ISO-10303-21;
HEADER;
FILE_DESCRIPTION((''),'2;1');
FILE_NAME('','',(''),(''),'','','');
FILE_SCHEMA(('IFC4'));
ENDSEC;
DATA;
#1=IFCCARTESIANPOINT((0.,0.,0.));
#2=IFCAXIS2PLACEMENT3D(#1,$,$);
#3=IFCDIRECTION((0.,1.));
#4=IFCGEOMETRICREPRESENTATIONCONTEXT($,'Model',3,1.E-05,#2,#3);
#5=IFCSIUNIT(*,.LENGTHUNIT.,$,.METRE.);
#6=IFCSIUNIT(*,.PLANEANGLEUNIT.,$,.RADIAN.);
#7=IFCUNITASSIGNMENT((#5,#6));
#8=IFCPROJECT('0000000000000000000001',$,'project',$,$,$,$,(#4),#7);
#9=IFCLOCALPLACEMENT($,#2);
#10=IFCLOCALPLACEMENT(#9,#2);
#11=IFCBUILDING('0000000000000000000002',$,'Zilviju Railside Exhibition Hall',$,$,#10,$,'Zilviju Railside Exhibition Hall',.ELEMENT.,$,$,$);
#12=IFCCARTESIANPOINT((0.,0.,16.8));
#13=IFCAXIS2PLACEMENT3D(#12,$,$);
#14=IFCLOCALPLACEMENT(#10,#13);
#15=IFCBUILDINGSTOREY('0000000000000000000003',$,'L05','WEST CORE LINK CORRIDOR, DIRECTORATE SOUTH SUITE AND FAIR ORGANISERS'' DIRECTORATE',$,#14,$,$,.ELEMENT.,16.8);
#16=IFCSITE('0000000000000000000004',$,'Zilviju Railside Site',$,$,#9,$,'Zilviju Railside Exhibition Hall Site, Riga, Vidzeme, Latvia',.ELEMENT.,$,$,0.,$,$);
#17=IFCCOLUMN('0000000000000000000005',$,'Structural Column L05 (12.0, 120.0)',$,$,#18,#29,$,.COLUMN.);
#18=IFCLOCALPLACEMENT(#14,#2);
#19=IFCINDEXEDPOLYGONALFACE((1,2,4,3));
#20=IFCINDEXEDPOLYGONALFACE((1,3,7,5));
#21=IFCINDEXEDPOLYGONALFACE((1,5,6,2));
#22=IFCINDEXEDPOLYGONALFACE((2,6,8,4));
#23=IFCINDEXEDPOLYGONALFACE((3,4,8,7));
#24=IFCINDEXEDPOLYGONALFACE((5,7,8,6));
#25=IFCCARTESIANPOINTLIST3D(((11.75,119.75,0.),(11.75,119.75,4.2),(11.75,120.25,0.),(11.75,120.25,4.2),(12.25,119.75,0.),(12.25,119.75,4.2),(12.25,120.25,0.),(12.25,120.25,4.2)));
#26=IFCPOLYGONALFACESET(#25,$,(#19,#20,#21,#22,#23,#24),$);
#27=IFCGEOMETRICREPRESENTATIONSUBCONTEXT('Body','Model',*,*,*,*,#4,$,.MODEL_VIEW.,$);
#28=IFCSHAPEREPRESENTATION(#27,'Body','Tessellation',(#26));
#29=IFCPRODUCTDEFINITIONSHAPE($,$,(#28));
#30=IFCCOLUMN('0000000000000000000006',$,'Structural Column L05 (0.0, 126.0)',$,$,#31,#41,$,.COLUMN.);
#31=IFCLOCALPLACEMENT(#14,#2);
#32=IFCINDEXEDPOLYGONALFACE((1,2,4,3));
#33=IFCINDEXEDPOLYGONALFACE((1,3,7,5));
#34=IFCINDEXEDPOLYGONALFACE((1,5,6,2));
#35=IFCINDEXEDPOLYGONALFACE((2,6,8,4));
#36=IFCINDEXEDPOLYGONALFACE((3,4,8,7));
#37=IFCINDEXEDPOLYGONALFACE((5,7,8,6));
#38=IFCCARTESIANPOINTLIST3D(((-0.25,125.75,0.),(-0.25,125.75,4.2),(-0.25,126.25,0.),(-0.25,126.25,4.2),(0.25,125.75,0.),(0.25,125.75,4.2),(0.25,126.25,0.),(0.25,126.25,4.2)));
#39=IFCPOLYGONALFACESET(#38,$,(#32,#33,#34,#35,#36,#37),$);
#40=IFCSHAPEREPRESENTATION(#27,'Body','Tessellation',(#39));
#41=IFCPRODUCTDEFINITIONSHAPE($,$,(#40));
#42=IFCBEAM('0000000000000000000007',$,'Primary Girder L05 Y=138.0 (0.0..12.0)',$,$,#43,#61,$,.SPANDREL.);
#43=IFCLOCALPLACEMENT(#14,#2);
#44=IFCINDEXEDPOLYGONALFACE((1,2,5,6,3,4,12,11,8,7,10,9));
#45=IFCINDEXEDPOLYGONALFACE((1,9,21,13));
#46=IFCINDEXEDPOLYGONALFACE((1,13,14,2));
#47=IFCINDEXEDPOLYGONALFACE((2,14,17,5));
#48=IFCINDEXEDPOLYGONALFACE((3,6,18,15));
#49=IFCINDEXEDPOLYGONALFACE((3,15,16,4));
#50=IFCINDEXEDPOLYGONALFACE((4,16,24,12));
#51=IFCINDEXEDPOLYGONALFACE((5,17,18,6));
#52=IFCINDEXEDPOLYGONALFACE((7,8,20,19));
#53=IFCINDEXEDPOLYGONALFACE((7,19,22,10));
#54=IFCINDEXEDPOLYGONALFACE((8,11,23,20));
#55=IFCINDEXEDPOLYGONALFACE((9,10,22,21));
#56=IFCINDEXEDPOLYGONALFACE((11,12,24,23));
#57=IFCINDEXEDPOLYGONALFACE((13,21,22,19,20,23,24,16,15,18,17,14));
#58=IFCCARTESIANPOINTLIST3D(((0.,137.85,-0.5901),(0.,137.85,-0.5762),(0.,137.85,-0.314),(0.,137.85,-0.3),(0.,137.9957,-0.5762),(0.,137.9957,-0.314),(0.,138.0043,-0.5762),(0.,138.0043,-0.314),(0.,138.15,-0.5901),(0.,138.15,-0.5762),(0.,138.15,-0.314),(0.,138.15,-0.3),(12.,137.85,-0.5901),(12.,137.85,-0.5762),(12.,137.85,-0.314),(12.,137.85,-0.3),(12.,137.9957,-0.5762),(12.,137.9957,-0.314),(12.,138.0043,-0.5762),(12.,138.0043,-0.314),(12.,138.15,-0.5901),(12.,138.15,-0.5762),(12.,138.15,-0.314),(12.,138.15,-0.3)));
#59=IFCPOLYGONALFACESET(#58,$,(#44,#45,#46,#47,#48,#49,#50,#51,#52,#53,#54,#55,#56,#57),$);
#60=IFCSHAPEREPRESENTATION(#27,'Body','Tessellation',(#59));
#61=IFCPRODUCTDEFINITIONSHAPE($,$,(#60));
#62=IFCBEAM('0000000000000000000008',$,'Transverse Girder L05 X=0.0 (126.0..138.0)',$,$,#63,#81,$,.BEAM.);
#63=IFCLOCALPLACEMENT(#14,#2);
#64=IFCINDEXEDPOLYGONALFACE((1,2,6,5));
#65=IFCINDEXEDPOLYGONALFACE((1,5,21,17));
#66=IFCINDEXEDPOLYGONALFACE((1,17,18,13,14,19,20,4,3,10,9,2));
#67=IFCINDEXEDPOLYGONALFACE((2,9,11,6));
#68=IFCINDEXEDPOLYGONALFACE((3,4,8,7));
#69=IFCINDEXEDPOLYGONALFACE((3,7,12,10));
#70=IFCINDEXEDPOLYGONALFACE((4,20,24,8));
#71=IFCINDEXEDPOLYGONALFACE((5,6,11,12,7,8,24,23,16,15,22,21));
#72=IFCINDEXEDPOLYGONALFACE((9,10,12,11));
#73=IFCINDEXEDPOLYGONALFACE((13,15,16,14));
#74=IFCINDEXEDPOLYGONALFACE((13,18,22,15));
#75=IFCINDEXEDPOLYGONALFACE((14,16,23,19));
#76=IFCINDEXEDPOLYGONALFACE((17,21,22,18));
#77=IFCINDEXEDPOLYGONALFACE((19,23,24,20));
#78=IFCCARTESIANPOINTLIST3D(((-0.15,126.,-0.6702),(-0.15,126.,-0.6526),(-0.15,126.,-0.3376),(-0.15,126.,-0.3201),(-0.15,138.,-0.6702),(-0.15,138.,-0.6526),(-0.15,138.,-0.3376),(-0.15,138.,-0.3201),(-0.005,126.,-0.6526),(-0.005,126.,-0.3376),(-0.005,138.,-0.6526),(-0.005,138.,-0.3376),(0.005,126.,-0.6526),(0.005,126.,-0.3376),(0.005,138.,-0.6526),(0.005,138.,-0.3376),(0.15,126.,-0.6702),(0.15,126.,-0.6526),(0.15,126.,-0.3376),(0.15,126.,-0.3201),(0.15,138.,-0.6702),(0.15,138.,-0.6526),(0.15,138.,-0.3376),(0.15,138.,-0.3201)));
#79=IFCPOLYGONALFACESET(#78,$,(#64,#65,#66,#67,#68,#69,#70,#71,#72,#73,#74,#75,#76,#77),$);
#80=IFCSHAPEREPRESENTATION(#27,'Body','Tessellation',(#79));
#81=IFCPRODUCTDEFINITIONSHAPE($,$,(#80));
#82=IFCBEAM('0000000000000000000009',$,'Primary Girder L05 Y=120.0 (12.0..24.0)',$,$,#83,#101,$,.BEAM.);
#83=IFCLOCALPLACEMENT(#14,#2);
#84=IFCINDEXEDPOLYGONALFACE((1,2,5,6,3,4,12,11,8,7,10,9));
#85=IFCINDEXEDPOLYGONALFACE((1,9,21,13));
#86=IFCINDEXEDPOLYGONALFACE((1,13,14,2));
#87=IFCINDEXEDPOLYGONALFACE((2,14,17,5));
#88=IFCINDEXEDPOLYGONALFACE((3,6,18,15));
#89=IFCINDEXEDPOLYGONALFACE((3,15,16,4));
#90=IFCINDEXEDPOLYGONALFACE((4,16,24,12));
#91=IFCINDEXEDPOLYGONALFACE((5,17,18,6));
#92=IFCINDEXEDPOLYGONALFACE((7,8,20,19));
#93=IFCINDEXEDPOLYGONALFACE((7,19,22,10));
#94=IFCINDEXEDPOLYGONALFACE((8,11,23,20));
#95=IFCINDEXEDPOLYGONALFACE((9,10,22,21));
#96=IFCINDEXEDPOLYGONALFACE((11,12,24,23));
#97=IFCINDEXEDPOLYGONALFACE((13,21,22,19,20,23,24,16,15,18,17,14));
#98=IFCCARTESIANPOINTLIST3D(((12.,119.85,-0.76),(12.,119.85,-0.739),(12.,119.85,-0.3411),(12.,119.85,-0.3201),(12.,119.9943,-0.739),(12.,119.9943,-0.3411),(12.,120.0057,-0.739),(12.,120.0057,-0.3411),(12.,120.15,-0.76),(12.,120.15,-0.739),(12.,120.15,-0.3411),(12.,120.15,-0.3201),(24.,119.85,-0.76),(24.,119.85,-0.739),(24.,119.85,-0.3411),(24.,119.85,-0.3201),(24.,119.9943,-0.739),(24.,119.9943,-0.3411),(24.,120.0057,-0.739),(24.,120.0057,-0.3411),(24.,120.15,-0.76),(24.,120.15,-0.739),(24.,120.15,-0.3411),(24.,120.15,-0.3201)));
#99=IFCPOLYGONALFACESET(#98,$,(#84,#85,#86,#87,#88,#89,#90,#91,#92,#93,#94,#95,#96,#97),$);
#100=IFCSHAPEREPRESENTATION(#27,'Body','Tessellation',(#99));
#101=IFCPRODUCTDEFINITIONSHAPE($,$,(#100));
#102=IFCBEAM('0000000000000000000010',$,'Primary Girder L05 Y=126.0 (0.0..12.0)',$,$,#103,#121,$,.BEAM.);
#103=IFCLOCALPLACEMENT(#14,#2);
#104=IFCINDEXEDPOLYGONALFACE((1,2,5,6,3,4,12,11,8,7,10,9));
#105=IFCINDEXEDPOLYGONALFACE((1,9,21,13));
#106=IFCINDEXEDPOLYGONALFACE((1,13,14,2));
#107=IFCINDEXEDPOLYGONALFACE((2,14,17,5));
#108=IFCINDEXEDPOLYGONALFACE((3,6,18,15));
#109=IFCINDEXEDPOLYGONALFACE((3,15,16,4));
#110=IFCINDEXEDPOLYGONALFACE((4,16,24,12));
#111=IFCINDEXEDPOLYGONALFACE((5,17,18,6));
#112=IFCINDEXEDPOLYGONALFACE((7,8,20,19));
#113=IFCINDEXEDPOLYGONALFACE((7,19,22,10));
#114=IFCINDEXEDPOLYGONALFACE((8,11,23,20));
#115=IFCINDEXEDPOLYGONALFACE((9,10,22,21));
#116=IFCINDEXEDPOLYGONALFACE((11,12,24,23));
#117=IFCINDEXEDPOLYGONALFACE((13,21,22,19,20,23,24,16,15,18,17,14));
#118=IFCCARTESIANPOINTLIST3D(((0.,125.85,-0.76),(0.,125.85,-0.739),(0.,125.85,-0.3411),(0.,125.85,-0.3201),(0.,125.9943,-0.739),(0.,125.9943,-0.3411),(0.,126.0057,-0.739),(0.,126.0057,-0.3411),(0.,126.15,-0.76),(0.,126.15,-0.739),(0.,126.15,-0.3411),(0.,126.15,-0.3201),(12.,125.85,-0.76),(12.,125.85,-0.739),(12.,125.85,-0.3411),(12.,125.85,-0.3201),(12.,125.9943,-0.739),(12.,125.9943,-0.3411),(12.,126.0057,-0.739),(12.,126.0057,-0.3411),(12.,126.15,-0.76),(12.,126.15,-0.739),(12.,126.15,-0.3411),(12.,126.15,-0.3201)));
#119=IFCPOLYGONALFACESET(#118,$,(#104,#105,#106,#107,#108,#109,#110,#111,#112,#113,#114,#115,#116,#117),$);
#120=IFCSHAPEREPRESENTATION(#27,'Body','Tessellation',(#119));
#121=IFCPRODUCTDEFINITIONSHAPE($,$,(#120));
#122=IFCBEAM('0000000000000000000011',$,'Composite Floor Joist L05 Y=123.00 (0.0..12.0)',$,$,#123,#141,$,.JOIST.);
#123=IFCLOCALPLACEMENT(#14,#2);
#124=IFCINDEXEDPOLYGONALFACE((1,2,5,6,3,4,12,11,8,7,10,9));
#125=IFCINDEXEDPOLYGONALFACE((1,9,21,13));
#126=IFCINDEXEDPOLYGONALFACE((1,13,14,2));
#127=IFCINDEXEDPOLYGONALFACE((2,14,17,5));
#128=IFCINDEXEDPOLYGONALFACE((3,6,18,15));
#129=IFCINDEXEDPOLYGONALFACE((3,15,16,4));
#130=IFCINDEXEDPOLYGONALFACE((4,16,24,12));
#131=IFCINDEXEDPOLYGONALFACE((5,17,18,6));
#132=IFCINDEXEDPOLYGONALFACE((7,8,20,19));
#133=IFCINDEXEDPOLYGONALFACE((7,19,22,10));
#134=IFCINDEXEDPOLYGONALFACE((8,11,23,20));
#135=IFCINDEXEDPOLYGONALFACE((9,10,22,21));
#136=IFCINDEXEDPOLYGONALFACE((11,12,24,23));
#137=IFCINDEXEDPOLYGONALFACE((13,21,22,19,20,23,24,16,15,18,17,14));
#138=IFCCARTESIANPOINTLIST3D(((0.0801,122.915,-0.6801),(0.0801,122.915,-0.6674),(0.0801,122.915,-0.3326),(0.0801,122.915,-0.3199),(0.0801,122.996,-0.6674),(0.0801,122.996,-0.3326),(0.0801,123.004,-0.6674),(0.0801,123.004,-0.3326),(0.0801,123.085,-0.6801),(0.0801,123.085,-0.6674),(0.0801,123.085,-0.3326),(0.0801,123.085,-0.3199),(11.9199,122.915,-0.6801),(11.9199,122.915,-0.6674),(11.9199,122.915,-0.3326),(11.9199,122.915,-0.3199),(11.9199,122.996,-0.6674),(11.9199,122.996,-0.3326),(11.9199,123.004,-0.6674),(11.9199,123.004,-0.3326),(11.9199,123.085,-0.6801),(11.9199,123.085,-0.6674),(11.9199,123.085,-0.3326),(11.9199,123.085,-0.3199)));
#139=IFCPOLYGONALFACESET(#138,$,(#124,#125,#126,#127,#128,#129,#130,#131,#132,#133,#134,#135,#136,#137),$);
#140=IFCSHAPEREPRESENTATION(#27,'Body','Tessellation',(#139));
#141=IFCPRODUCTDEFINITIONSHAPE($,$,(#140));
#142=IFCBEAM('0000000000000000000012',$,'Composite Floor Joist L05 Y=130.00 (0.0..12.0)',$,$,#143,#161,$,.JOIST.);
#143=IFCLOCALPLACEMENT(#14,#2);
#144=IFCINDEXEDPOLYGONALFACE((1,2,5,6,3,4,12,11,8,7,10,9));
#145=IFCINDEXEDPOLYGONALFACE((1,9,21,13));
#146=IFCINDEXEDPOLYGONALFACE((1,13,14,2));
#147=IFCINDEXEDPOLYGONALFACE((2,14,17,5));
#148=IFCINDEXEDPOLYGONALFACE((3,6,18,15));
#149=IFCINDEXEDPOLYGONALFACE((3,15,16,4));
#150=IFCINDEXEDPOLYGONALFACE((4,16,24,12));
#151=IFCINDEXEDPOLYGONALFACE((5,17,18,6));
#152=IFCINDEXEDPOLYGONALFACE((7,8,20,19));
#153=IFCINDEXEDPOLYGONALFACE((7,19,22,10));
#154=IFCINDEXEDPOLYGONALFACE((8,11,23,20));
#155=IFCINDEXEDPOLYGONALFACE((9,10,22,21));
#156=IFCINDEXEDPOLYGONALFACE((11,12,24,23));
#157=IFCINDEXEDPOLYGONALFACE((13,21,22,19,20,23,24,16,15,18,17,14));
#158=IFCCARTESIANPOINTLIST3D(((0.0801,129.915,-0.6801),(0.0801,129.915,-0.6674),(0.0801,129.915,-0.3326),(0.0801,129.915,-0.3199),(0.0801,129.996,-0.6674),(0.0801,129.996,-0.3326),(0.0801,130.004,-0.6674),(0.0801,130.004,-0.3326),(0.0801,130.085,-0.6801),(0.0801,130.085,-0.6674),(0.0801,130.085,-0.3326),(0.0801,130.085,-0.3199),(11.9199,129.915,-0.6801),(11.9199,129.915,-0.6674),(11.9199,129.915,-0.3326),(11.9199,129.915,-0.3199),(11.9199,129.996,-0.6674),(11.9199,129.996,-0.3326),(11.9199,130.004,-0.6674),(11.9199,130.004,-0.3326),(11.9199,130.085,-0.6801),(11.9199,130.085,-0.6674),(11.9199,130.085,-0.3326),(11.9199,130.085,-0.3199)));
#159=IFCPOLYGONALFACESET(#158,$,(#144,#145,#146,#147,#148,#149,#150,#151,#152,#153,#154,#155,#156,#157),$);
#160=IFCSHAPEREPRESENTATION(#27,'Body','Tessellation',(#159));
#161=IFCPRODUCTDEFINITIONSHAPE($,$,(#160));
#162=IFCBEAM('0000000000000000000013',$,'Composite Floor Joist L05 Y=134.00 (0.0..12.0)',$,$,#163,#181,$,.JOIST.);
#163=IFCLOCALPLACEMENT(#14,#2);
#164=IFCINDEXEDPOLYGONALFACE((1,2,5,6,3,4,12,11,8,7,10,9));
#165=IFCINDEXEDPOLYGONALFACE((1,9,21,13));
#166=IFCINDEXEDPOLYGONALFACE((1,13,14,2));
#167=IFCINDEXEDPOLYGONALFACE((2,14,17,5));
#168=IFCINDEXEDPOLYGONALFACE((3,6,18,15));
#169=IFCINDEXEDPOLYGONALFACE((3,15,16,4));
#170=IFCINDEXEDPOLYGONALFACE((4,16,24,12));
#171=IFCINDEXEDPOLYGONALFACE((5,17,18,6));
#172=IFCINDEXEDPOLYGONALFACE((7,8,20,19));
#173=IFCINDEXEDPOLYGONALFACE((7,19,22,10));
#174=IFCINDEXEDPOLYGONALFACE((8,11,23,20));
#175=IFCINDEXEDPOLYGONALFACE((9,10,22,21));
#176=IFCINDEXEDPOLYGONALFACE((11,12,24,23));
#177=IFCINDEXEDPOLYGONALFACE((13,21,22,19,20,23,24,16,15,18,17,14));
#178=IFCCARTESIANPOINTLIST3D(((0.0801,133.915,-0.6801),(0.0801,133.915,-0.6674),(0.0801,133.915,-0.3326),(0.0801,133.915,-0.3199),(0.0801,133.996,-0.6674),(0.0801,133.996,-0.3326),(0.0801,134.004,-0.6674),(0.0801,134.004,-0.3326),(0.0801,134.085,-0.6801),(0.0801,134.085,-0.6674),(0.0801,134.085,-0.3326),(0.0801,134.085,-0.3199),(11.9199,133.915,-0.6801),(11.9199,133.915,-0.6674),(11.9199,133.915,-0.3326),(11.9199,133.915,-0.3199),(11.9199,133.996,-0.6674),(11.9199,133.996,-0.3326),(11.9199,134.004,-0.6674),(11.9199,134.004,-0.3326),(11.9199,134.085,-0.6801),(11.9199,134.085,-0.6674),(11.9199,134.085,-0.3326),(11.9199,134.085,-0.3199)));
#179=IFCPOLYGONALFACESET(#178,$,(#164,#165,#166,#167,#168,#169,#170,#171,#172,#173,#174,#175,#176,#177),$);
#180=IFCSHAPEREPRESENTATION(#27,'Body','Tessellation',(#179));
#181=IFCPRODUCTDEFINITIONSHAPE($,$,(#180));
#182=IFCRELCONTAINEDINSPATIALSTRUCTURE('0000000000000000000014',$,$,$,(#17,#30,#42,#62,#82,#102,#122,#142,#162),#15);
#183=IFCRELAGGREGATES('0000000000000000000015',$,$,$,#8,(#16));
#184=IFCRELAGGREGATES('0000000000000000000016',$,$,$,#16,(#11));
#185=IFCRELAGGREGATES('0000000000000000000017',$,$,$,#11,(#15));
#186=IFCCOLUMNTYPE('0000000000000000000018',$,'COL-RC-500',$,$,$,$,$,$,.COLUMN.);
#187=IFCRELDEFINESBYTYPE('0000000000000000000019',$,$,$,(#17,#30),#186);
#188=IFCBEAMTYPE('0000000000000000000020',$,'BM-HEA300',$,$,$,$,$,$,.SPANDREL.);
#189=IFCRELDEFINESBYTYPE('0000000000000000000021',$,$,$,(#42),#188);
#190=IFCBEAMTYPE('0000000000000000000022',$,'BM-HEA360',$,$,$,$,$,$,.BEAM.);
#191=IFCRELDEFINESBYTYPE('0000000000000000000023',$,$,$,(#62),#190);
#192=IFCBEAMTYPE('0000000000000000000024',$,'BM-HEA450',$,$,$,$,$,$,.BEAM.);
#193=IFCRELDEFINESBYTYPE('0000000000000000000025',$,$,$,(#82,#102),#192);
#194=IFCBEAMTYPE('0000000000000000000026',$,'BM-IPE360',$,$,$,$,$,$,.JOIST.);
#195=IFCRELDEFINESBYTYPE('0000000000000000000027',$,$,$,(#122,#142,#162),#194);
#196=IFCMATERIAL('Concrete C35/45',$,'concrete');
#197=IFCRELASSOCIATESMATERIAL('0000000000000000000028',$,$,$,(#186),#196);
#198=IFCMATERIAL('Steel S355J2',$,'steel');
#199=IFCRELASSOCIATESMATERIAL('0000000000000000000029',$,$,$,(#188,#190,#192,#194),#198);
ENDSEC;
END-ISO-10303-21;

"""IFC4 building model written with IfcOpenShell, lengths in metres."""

from ifc_helpers import new_model, si_unit, direction, frame, origin, origin_2d, place, context, subcontext, project, spatial, rectangle, i_section, extrude, material, material_profile, profile_set, type_object, element, save


model = new_model("IFC4")

# Units and contexts
model_context = context("Model", 3, precision=1e-05, world=origin(), true_north=direction((0.0, 1.0)))
body_context = subcontext(model_context, "Body", "Model", "MODEL_VIEW")
ifc_project = project(units=[si_unit("LENGTHUNIT", "METRE"), si_unit("PLANEANGLEUNIT", "RADIAN")], contexts=[model_context])

# Site, building, storey
site_placement = place(None, origin())
site = spatial("IfcSite", under=ifc_project, at=site_placement, Name="Zilviju Railside Site", LongName="Zilviju Railside Exhibition Hall Site, Riga, Vidzeme, Latvia", CompositionType="ELEMENT", RefElevation=0.0)
building_placement = place(site_placement, origin())
building = spatial("IfcBuilding", under=site, at=building_placement, Name="Zilviju Railside Exhibition Hall", LongName="Zilviju Railside Exhibition Hall", CompositionType="ELEMENT")
storey_placement = place(building_placement, frame((0.0, 0.0, 16.8)))
storey = spatial("IfcBuildingStorey", under=building, at=storey_placement, Name="L05", Description="WEST CORE LINK CORRIDOR, DIRECTORATE SOUTH SUITE AND FAIR ORGANISERS' DIRECTORATE", CompositionType="ELEMENT", Elevation=16.8)

# Columns
ifc_material_1 = material(Name="Concrete C35/45", Category="concrete")
ifc_material_profile_1 = material_profile(ifc_material_1, rectangle(XDim=0.5, YDim=0.5, at=origin_2d()), Name="RC COL 500x500")
ifc_profile_set_1 = profile_set([ifc_material_profile_1], Name="Concrete C35/45")
column_type = type_object("IfcColumnType", Name="COL-RC-500", PredefinedType="COLUMN", material=ifc_profile_set_1)
for number, where, z_axis, x_axis, name in (
    (1, (12.0, 120.0, 0.0), (0.0, 0.0, 1.0), (1.0, 0.0, 0.0), "Structural Column L05 (12.0, 120.0)"),
    (2, (0.0, 126.0, 0.0), (0.0, 0.0, 1.0), (1.0, 0.0, 0.0), "Structural Column L05 (0.0, 126.0)"),
):
    element("IfcColumn", number, at=place(storey_placement, frame(where, z_axis=z_axis, x_axis=x_axis)), inside=storey, type_object=column_type, Name=name, PredefinedType="COLUMN", context=body_context, shape_type="SweptSolid", body=[
        extrude(rectangle(XDim=0.5, YDim=0.5, at=origin_2d()), origin(), (0.0, 0.0, 1.0), 4.2),
    ])

# Beams
ifc_material_2 = material(Name="Steel S355J2", Category="steel")
ifc_material_profile_2 = material_profile(ifc_material_2, i_section(OverallWidth=0.3, OverallDepth=0.29, WebThickness=0.0085, FlangeThickness=0.0139, at=origin_2d()), Name="HEA 300")
ifc_profile_set_2 = profile_set([ifc_material_profile_2], Name="Steel S355J2")
beam_type_1 = type_object("IfcBeamType", Name="BM-HEA300", PredefinedType="SPANDREL", material=ifc_profile_set_2)
beam_1_placement = place(storey_placement, frame((0.0, 138.0, -0.4451), z_axis=(1.0, 0.0, 0.0), x_axis=(0.0, 1.0, 0.0)))
element("IfcBeam", 3, at=beam_1_placement, inside=storey, type_object=beam_type_1, Name="Primary Girder L05 Y=138.0 (0.0..12.0)", PredefinedType="SPANDREL", context=body_context, shape_type="SweptSolid", body=[
    extrude(i_section(OverallWidth=0.3, OverallDepth=0.29, WebThickness=0.0085, FlangeThickness=0.0139, at=origin_2d()), origin(), (0.0, 0.0, 1.0), 12.0),
])
ifc_material_profile_3 = material_profile(ifc_material_2, i_section(OverallWidth=0.3, OverallDepth=0.3501, WebThickness=0.01, FlangeThickness=0.0176, at=origin_2d()), Name="HEA 360")
ifc_profile_set_3 = profile_set([ifc_material_profile_3], Name="Steel S355J2")
beam_type_2 = type_object("IfcBeamType", Name="BM-HEA360", PredefinedType="BEAM", material=ifc_profile_set_3)
beam_2_placement = place(storey_placement, frame((0.0, 126.0, -0.4951), z_axis=(0.0, 1.0, 0.0), x_axis=(-1.0, 0.0, 0.0)))
element("IfcBeam", 4, at=beam_2_placement, inside=storey, type_object=beam_type_2, Name="Transverse Girder L05 X=0.0 (126.0..138.0)", PredefinedType="BEAM", context=body_context, shape_type="SweptSolid", body=[
    extrude(i_section(OverallWidth=0.3, OverallDepth=0.3501, WebThickness=0.01, FlangeThickness=0.0176, at=origin_2d()), origin(), (0.0, 0.0, 1.0), 12.0),
])
ifc_material_profile_4 = material_profile(ifc_material_2, i_section(OverallWidth=0.3, OverallDepth=0.4399, WebThickness=0.0115, FlangeThickness=0.021, at=origin_2d()), Name="HEA 450")
ifc_profile_set_4 = profile_set([ifc_material_profile_4], Name="Steel S355J2")
beam_type_3 = type_object("IfcBeamType", Name="BM-HEA450", PredefinedType="BEAM", material=ifc_profile_set_4)
for number, where, z_axis, x_axis, name in (
    (5, (12.0, 120.0, -0.54), (1.0, 0.0, 0.0), (0.0, 1.0, 0.0), "Primary Girder L05 Y=120.0 (12.0..24.0)"),
    (6, (0.0, 126.0, -0.54), (1.0, 0.0, 0.0), (0.0, 1.0, 0.0), "Primary Girder L05 Y=126.0 (0.0..12.0)"),
):
    element("IfcBeam", number, at=place(storey_placement, frame(where, z_axis=z_axis, x_axis=x_axis)), inside=storey, type_object=beam_type_3, Name=name, PredefinedType="BEAM", context=body_context, shape_type="SweptSolid", body=[
        extrude(i_section(OverallWidth=0.3, OverallDepth=0.4399, WebThickness=0.0115, FlangeThickness=0.021, at=origin_2d()), origin(), (0.0, 0.0, 1.0), 12.0),
    ])
ifc_material_profile_5 = material_profile(ifc_material_2, i_section(OverallWidth=0.1699, OverallDepth=0.3601, WebThickness=0.0081, FlangeThickness=0.0127, at=origin_2d()), Name="IPE 360")
ifc_profile_set_5 = profile_set([ifc_material_profile_5], Name="Steel S355J2")
beam_type_4 = type_object("IfcBeamType", Name="BM-IPE360", PredefinedType="JOIST", material=ifc_profile_set_5)
for number, where, z_axis, x_axis, name in (
    (7, (0.0801, 123.0, -0.5), (1.0, 0.0, 0.0), (0.0, 1.0, 0.0), "Composite Floor Joist L05 Y=123.00 (0.0..12.0)"),
    (8, (0.0801, 130.0, -0.5), (1.0, 0.0, 0.0), (0.0, 1.0, 0.0), "Composite Floor Joist L05 Y=130.00 (0.0..12.0)"),
    (9, (0.0801, 134.0, -0.5), (1.0, 0.0, 0.0), (0.0, 1.0, 0.0), "Composite Floor Joist L05 Y=134.00 (0.0..12.0)"),
):
    element("IfcBeam", number, at=place(storey_placement, frame(where, z_axis=z_axis, x_axis=x_axis)), inside=storey, type_object=beam_type_4, Name=name, PredefinedType="JOIST", context=body_context, shape_type="SweptSolid", body=[
        extrude(i_section(OverallWidth=0.1699, OverallDepth=0.3601, WebThickness=0.0081, FlangeThickness=0.0127, at=origin_2d()), origin(), (0.0, 0.0, 1.0), 11.8398),
    ])

save(model, "model.ifc")
